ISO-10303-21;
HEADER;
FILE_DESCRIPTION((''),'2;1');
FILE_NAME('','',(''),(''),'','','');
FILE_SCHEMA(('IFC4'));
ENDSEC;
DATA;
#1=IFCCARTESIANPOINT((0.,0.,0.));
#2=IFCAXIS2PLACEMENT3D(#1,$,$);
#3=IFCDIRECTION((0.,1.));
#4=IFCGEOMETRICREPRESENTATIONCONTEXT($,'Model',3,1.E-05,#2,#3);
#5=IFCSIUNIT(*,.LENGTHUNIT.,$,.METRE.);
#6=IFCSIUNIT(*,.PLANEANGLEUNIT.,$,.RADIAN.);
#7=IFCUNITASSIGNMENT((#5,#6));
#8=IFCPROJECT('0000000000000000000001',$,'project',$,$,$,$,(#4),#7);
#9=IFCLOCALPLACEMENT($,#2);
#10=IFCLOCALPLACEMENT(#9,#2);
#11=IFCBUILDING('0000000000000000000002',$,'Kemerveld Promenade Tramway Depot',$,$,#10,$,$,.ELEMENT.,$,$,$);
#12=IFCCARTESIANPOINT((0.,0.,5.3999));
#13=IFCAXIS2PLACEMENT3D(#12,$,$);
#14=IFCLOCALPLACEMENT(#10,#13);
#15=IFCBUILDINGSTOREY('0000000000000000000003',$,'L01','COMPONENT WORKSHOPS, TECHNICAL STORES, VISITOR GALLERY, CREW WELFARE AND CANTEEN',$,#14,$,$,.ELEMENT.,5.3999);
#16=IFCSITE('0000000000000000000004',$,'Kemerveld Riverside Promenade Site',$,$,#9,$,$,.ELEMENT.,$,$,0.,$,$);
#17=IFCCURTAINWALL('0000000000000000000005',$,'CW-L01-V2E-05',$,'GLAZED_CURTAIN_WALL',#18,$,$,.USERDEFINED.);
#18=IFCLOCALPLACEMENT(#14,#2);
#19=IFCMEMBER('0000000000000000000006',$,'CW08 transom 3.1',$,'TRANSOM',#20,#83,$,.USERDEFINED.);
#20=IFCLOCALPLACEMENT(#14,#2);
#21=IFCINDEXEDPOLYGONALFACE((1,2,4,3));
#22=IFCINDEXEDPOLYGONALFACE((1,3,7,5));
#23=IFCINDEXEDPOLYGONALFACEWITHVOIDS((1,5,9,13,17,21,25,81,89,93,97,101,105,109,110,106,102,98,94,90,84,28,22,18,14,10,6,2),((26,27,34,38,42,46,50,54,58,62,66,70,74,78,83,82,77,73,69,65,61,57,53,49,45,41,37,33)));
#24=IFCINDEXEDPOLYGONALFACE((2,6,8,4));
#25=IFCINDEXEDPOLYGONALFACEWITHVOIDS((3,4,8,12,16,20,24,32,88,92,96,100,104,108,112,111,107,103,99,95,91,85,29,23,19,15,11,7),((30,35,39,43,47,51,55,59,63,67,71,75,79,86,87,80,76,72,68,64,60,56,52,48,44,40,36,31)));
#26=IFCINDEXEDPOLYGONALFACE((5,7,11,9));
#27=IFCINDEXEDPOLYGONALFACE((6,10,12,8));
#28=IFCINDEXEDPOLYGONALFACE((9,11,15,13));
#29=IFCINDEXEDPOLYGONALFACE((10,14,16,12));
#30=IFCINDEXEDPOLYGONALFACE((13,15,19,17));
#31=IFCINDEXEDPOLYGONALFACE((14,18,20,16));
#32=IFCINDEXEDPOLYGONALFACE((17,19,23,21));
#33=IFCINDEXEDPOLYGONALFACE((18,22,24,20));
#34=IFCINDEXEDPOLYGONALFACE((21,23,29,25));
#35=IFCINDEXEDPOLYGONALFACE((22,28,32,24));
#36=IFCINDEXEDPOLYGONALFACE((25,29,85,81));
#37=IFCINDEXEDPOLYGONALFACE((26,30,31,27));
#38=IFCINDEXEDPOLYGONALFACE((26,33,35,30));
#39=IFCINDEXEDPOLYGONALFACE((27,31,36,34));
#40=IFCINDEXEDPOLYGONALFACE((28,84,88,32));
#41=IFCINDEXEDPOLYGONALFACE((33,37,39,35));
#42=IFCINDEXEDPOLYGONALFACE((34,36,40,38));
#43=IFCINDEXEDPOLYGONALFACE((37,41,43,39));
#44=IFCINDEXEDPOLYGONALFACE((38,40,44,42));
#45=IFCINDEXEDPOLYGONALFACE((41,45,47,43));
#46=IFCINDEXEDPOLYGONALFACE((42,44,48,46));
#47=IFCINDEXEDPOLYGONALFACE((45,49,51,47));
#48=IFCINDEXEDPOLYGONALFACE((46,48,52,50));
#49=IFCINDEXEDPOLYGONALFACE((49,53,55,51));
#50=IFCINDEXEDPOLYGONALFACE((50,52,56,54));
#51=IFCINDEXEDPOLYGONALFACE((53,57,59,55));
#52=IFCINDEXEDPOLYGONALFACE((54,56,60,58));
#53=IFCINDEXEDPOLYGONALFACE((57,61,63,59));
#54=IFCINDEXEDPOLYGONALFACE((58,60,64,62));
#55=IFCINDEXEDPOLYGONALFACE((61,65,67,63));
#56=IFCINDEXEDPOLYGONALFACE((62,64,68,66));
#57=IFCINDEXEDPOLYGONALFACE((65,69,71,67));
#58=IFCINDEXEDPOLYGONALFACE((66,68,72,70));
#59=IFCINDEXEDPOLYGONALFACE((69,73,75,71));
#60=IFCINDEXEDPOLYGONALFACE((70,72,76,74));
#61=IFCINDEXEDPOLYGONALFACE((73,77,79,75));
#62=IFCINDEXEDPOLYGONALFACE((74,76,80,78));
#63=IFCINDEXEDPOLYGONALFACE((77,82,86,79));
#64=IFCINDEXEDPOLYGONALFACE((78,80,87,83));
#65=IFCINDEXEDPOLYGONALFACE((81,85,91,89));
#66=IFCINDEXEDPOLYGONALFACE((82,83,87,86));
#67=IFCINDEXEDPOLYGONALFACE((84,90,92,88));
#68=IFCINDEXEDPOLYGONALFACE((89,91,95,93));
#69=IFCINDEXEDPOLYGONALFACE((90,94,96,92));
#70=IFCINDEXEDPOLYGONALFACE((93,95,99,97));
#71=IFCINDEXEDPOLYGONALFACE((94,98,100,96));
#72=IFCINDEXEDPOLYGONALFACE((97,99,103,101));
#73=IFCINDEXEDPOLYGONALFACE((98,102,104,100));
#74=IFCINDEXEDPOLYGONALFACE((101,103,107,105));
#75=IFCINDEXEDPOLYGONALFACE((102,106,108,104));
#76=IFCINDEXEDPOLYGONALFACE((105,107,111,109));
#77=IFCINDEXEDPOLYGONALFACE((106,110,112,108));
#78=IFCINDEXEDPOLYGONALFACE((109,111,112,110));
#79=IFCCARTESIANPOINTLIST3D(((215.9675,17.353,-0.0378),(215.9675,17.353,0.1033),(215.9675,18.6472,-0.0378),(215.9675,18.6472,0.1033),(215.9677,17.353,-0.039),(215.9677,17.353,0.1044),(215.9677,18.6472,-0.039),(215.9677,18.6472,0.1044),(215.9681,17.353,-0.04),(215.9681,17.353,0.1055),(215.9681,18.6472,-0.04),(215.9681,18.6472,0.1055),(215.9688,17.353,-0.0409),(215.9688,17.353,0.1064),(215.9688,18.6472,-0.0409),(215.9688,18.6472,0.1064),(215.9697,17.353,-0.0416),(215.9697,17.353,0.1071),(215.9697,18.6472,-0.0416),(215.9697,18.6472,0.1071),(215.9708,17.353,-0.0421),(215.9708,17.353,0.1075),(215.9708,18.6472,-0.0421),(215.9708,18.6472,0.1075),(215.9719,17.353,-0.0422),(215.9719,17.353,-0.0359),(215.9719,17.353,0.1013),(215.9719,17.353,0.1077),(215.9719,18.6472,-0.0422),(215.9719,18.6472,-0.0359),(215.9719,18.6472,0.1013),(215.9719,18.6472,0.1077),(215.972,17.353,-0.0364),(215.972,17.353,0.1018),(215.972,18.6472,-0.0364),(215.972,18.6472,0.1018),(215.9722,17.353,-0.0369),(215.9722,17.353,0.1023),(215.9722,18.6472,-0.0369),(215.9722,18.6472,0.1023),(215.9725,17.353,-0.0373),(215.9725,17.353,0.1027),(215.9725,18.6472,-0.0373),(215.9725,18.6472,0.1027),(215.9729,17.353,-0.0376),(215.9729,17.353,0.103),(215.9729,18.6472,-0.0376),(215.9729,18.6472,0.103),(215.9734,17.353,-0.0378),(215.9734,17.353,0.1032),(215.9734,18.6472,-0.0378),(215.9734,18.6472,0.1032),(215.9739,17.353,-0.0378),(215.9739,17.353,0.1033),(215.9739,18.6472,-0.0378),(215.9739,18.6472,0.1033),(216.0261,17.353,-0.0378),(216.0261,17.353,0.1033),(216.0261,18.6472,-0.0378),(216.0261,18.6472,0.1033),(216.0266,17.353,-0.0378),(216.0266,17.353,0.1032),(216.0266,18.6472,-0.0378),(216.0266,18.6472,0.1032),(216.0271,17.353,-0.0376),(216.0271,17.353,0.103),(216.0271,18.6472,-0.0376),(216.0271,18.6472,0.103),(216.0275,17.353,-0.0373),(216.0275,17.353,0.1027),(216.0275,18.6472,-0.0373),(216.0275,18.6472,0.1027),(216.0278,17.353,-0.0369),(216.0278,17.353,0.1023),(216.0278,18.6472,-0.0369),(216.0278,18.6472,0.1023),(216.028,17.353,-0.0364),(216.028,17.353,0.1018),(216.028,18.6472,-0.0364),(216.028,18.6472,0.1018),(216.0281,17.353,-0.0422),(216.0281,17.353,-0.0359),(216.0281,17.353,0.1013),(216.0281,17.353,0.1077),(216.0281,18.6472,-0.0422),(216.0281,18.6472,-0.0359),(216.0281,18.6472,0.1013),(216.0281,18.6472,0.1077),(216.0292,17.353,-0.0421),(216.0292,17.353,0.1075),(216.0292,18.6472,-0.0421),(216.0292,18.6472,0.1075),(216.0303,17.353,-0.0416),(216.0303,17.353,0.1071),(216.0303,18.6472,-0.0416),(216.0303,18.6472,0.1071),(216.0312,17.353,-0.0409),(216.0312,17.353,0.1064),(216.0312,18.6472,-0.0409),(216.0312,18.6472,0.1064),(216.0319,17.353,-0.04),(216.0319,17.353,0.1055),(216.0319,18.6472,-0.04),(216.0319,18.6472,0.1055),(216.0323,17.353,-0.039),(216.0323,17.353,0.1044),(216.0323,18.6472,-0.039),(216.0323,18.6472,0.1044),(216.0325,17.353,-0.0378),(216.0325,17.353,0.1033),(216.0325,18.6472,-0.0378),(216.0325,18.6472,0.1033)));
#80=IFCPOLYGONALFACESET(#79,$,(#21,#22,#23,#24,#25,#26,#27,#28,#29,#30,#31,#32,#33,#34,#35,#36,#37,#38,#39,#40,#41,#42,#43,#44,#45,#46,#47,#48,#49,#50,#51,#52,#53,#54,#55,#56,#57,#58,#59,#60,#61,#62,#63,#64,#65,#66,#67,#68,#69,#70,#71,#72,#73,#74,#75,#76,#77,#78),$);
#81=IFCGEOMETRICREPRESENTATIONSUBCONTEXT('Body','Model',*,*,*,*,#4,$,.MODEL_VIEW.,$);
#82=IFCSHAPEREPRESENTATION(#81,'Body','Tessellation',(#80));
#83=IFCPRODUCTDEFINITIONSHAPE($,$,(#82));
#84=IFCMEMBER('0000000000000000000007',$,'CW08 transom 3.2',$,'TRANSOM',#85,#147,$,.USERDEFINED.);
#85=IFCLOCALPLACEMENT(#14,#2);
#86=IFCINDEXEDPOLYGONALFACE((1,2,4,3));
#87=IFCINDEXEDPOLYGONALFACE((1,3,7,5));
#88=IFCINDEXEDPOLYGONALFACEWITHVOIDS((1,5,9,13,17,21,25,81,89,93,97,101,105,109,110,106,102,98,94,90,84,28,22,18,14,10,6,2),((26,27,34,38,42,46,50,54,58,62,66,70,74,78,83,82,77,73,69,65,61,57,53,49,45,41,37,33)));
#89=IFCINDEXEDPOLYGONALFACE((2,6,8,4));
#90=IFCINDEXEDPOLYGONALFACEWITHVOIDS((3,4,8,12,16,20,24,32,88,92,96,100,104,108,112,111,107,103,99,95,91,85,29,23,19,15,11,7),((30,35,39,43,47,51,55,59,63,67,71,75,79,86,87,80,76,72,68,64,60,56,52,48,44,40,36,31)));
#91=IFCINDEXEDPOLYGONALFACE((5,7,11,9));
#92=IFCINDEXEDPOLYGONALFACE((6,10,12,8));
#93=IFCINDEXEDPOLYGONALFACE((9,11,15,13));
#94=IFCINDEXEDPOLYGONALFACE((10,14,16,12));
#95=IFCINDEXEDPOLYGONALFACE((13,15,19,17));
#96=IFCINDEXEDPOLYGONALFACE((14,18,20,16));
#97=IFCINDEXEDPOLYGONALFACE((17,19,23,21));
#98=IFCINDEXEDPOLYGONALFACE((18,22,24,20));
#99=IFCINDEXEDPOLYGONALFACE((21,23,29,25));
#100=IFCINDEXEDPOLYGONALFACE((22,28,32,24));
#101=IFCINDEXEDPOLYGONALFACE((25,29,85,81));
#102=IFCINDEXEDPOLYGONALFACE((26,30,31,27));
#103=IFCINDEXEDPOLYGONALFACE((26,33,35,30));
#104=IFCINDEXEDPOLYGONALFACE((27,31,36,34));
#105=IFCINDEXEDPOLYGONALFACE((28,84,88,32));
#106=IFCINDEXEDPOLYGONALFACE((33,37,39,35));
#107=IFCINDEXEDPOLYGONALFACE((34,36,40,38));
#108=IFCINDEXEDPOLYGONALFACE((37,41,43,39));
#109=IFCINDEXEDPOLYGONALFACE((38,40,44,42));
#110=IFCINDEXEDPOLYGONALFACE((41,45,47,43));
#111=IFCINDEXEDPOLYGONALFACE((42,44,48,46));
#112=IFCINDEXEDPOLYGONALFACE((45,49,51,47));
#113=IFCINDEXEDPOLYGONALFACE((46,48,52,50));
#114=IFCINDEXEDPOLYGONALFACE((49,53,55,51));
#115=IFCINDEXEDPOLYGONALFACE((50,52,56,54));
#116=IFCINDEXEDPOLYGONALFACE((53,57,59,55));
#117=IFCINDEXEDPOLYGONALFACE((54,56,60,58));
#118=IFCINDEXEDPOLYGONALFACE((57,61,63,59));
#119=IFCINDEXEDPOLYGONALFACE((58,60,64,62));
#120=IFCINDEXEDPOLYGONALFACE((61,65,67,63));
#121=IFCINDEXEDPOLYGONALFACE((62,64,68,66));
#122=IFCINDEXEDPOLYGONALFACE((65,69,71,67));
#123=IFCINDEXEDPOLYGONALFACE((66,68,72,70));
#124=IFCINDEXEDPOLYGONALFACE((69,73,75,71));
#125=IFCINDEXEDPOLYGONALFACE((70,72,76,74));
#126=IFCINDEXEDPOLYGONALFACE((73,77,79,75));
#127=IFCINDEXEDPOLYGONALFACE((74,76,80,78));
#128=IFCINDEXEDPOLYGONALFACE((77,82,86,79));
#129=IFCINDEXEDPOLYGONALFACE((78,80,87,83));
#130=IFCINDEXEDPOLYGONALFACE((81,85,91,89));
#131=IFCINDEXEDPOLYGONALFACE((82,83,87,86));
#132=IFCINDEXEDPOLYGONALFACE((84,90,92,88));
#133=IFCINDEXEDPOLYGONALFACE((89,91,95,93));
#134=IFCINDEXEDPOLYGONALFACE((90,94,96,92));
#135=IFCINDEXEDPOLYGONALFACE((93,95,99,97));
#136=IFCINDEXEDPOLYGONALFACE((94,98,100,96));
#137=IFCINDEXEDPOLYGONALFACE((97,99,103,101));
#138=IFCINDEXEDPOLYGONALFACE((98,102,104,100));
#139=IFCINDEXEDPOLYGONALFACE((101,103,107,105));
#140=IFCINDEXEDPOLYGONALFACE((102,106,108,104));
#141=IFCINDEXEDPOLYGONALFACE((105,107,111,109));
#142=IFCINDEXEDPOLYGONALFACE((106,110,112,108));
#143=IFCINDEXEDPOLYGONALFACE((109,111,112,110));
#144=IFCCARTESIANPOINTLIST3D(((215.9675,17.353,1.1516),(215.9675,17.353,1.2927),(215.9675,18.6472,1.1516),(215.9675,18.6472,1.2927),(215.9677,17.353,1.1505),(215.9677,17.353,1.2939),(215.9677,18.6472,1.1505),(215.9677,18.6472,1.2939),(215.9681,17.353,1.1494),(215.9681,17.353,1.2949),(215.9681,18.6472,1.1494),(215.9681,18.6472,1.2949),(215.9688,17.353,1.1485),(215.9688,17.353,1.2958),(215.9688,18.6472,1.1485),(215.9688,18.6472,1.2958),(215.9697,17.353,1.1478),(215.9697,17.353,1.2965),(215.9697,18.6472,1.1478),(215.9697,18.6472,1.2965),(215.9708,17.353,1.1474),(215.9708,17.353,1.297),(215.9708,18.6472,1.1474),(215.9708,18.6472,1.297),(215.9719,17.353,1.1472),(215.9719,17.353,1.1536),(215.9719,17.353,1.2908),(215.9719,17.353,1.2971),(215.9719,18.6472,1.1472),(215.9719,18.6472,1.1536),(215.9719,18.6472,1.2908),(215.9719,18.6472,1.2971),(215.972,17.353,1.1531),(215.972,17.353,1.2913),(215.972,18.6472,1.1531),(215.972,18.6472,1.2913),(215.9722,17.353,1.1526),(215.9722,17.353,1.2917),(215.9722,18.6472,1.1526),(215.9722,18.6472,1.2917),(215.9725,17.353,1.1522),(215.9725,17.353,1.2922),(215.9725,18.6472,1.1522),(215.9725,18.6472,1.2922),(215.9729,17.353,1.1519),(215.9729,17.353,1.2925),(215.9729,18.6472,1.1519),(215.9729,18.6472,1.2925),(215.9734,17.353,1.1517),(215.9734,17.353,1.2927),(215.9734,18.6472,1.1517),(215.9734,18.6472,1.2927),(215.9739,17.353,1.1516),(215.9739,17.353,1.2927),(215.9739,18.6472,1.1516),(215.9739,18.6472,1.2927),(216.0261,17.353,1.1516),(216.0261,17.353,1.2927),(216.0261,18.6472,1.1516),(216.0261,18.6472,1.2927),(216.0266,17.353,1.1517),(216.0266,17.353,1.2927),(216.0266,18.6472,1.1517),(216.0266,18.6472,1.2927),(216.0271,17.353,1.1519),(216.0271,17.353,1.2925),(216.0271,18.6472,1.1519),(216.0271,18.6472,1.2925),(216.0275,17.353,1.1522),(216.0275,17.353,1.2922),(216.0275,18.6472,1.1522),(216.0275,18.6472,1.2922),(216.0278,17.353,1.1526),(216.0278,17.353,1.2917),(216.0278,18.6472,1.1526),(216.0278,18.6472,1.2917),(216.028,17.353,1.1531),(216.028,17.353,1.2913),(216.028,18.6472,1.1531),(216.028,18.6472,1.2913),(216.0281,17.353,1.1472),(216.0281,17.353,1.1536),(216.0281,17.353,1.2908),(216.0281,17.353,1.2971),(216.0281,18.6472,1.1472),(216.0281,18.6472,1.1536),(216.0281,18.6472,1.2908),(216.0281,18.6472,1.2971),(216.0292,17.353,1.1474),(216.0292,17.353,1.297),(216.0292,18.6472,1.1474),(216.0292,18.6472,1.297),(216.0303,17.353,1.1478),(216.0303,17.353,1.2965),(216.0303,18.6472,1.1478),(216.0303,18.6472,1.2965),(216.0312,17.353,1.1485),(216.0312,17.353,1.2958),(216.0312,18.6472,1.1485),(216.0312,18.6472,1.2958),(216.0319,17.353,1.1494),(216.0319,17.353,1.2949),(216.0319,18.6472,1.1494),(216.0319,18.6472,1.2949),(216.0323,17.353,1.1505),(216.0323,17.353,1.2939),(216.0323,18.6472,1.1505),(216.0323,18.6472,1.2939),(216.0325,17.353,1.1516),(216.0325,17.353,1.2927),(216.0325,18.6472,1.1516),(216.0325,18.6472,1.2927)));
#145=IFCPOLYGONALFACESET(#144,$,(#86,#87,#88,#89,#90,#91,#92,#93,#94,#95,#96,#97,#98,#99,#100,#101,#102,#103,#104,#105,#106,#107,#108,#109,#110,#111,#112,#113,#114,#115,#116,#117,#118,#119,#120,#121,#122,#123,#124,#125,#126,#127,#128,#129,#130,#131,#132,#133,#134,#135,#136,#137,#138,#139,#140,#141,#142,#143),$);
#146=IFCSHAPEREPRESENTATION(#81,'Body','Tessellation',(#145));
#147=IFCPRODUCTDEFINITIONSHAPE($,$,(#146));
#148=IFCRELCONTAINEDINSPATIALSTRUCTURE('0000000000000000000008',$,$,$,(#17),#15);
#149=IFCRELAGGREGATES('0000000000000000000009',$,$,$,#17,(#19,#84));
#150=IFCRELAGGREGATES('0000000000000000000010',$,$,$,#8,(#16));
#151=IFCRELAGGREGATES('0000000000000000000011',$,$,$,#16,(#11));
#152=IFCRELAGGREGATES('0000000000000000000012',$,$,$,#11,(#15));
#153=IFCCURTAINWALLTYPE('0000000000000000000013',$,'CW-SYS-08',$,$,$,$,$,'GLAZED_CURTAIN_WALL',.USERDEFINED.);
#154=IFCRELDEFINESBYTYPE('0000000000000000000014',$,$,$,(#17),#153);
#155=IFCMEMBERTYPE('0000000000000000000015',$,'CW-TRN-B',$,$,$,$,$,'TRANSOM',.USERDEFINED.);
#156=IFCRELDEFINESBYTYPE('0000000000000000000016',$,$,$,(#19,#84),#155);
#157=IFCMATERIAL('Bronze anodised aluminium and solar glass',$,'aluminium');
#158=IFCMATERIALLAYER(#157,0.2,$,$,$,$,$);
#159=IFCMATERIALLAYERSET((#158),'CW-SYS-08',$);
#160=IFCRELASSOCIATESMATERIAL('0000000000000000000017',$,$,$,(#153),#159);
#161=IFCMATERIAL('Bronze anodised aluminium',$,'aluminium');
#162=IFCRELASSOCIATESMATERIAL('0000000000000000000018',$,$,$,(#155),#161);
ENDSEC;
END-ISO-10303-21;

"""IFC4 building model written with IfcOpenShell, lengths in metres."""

from ifc_helpers import new_model, si_unit, direction, frame, origin, origin_2d, place, context, subcontext, project, spatial, hollow_rectangle, extrude, material, layer, layer_set, material_profile, profile_set, type_object, element, aggregate, save


model = new_model("IFC4")

# Units and contexts
model_context = context("Model", 3, precision=1e-05, world=origin(), true_north=direction((0.0, 1.0)))
body_context = subcontext(model_context, "Body", "Model", "MODEL_VIEW")
ifc_project = project(units=[si_unit("LENGTHUNIT", "METRE"), si_unit("PLANEANGLEUNIT", "RADIAN")], contexts=[model_context])

# Site, building, storey
site_placement = place(None, origin())
site = spatial("IfcSite", under=ifc_project, at=site_placement, Name="Kemerveld Riverside Promenade Site", CompositionType="ELEMENT", RefElevation=0.0)
building_placement = place(site_placement, origin())
building = spatial("IfcBuilding", under=site, at=building_placement, Name="Kemerveld Promenade Tramway Depot", CompositionType="ELEMENT")
storey_placement = place(building_placement, frame((0.0, 0.0, 5.3999)))
storey = spatial("IfcBuildingStorey", under=building, at=storey_placement, Name="L01", Description="COMPONENT WORKSHOPS, TECHNICAL STORES, VISITOR GALLERY, CREW WELFARE AND CANTEEN", CompositionType="ELEMENT", Elevation=5.3999)

# Curtain wall, members
ifc_material_1 = material(Name="Bronze anodised aluminium and solar glass", Category="aluminium")
ifc_layer_1 = layer(ifc_material_1, 0.2)
ifc_layer_set_1 = layer_set([ifc_layer_1], Name="CW-SYS-08")
curtain_wall_type = type_object("IfcCurtainWallType", Name="CW-SYS-08", ElementType="GLAZED_CURTAIN_WALL", PredefinedType="USERDEFINED", material=ifc_layer_set_1)
curtain_wall_placement = place(storey_placement, origin())
curtain_wall = element("IfcCurtainWall", 1, at=curtain_wall_placement, inside=storey, type_object=curtain_wall_type, Name="CW-L01-V2E-05", ObjectType="GLAZED_CURTAIN_WALL", PredefinedType="USERDEFINED")
ifc_material_2 = material(Name="Bronze anodised aluminium", Category="aluminium")
ifc_material_profile_1 = material_profile(ifc_material_2, hollow_rectangle(XDim=0.0649, YDim=0.1499, WallThickness=0.0044, InnerFilletRadius=0.002, OuterFilletRadius=0.0044, at=origin_2d()), Name="CW-TRN-150x65")
ifc_profile_set_1 = profile_set([ifc_material_profile_1], Name="Bronze anodised aluminium")
member_type_1 = type_object("IfcMemberType", Name="CW-TRN-B", ElementType="TRANSOM", PredefinedType="USERDEFINED", material=ifc_profile_set_1)
member_1_placement = place(storey_placement, frame((216.0, 18.6472, 0.0327), z_axis=(0.0, -1.0, 0.0), x_axis=(1.0, 0.0, 0.0)))
member_1 = element("IfcMember", 2, at=member_1_placement, type_object=member_type_1, Name="CW08 transom 3.1", ObjectType="TRANSOM", PredefinedType="USERDEFINED", context=body_context, shape_type="SweptSolid", body=[
    extrude(hollow_rectangle(XDim=0.0649, YDim=0.1499, WallThickness=0.0044, InnerFilletRadius=0.002, OuterFilletRadius=0.0044, at=origin_2d()), origin(), (0.0, 0.0, 1.0), 1.2942),
])
member_2_placement = place(storey_placement, frame((216.0, 18.6472, 1.2222), z_axis=(0.0, -1.0, 0.0), x_axis=(1.0, 0.0, 0.0)))
member_2 = element("IfcMember", 3, at=member_2_placement, type_object=member_type_1, Name="CW08 transom 3.2", ObjectType="TRANSOM", PredefinedType="USERDEFINED", context=body_context, shape_type="SweptSolid", body=[
    extrude(hollow_rectangle(XDim=0.0649, YDim=0.1499, WallThickness=0.0044, InnerFilletRadius=0.002, OuterFilletRadius=0.0044, at=origin_2d()), origin(), (0.0, 0.0, 1.0), 1.2942),
])
aggregate(curtain_wall, [member_1, member_2])

save(model, "model.ifc")
